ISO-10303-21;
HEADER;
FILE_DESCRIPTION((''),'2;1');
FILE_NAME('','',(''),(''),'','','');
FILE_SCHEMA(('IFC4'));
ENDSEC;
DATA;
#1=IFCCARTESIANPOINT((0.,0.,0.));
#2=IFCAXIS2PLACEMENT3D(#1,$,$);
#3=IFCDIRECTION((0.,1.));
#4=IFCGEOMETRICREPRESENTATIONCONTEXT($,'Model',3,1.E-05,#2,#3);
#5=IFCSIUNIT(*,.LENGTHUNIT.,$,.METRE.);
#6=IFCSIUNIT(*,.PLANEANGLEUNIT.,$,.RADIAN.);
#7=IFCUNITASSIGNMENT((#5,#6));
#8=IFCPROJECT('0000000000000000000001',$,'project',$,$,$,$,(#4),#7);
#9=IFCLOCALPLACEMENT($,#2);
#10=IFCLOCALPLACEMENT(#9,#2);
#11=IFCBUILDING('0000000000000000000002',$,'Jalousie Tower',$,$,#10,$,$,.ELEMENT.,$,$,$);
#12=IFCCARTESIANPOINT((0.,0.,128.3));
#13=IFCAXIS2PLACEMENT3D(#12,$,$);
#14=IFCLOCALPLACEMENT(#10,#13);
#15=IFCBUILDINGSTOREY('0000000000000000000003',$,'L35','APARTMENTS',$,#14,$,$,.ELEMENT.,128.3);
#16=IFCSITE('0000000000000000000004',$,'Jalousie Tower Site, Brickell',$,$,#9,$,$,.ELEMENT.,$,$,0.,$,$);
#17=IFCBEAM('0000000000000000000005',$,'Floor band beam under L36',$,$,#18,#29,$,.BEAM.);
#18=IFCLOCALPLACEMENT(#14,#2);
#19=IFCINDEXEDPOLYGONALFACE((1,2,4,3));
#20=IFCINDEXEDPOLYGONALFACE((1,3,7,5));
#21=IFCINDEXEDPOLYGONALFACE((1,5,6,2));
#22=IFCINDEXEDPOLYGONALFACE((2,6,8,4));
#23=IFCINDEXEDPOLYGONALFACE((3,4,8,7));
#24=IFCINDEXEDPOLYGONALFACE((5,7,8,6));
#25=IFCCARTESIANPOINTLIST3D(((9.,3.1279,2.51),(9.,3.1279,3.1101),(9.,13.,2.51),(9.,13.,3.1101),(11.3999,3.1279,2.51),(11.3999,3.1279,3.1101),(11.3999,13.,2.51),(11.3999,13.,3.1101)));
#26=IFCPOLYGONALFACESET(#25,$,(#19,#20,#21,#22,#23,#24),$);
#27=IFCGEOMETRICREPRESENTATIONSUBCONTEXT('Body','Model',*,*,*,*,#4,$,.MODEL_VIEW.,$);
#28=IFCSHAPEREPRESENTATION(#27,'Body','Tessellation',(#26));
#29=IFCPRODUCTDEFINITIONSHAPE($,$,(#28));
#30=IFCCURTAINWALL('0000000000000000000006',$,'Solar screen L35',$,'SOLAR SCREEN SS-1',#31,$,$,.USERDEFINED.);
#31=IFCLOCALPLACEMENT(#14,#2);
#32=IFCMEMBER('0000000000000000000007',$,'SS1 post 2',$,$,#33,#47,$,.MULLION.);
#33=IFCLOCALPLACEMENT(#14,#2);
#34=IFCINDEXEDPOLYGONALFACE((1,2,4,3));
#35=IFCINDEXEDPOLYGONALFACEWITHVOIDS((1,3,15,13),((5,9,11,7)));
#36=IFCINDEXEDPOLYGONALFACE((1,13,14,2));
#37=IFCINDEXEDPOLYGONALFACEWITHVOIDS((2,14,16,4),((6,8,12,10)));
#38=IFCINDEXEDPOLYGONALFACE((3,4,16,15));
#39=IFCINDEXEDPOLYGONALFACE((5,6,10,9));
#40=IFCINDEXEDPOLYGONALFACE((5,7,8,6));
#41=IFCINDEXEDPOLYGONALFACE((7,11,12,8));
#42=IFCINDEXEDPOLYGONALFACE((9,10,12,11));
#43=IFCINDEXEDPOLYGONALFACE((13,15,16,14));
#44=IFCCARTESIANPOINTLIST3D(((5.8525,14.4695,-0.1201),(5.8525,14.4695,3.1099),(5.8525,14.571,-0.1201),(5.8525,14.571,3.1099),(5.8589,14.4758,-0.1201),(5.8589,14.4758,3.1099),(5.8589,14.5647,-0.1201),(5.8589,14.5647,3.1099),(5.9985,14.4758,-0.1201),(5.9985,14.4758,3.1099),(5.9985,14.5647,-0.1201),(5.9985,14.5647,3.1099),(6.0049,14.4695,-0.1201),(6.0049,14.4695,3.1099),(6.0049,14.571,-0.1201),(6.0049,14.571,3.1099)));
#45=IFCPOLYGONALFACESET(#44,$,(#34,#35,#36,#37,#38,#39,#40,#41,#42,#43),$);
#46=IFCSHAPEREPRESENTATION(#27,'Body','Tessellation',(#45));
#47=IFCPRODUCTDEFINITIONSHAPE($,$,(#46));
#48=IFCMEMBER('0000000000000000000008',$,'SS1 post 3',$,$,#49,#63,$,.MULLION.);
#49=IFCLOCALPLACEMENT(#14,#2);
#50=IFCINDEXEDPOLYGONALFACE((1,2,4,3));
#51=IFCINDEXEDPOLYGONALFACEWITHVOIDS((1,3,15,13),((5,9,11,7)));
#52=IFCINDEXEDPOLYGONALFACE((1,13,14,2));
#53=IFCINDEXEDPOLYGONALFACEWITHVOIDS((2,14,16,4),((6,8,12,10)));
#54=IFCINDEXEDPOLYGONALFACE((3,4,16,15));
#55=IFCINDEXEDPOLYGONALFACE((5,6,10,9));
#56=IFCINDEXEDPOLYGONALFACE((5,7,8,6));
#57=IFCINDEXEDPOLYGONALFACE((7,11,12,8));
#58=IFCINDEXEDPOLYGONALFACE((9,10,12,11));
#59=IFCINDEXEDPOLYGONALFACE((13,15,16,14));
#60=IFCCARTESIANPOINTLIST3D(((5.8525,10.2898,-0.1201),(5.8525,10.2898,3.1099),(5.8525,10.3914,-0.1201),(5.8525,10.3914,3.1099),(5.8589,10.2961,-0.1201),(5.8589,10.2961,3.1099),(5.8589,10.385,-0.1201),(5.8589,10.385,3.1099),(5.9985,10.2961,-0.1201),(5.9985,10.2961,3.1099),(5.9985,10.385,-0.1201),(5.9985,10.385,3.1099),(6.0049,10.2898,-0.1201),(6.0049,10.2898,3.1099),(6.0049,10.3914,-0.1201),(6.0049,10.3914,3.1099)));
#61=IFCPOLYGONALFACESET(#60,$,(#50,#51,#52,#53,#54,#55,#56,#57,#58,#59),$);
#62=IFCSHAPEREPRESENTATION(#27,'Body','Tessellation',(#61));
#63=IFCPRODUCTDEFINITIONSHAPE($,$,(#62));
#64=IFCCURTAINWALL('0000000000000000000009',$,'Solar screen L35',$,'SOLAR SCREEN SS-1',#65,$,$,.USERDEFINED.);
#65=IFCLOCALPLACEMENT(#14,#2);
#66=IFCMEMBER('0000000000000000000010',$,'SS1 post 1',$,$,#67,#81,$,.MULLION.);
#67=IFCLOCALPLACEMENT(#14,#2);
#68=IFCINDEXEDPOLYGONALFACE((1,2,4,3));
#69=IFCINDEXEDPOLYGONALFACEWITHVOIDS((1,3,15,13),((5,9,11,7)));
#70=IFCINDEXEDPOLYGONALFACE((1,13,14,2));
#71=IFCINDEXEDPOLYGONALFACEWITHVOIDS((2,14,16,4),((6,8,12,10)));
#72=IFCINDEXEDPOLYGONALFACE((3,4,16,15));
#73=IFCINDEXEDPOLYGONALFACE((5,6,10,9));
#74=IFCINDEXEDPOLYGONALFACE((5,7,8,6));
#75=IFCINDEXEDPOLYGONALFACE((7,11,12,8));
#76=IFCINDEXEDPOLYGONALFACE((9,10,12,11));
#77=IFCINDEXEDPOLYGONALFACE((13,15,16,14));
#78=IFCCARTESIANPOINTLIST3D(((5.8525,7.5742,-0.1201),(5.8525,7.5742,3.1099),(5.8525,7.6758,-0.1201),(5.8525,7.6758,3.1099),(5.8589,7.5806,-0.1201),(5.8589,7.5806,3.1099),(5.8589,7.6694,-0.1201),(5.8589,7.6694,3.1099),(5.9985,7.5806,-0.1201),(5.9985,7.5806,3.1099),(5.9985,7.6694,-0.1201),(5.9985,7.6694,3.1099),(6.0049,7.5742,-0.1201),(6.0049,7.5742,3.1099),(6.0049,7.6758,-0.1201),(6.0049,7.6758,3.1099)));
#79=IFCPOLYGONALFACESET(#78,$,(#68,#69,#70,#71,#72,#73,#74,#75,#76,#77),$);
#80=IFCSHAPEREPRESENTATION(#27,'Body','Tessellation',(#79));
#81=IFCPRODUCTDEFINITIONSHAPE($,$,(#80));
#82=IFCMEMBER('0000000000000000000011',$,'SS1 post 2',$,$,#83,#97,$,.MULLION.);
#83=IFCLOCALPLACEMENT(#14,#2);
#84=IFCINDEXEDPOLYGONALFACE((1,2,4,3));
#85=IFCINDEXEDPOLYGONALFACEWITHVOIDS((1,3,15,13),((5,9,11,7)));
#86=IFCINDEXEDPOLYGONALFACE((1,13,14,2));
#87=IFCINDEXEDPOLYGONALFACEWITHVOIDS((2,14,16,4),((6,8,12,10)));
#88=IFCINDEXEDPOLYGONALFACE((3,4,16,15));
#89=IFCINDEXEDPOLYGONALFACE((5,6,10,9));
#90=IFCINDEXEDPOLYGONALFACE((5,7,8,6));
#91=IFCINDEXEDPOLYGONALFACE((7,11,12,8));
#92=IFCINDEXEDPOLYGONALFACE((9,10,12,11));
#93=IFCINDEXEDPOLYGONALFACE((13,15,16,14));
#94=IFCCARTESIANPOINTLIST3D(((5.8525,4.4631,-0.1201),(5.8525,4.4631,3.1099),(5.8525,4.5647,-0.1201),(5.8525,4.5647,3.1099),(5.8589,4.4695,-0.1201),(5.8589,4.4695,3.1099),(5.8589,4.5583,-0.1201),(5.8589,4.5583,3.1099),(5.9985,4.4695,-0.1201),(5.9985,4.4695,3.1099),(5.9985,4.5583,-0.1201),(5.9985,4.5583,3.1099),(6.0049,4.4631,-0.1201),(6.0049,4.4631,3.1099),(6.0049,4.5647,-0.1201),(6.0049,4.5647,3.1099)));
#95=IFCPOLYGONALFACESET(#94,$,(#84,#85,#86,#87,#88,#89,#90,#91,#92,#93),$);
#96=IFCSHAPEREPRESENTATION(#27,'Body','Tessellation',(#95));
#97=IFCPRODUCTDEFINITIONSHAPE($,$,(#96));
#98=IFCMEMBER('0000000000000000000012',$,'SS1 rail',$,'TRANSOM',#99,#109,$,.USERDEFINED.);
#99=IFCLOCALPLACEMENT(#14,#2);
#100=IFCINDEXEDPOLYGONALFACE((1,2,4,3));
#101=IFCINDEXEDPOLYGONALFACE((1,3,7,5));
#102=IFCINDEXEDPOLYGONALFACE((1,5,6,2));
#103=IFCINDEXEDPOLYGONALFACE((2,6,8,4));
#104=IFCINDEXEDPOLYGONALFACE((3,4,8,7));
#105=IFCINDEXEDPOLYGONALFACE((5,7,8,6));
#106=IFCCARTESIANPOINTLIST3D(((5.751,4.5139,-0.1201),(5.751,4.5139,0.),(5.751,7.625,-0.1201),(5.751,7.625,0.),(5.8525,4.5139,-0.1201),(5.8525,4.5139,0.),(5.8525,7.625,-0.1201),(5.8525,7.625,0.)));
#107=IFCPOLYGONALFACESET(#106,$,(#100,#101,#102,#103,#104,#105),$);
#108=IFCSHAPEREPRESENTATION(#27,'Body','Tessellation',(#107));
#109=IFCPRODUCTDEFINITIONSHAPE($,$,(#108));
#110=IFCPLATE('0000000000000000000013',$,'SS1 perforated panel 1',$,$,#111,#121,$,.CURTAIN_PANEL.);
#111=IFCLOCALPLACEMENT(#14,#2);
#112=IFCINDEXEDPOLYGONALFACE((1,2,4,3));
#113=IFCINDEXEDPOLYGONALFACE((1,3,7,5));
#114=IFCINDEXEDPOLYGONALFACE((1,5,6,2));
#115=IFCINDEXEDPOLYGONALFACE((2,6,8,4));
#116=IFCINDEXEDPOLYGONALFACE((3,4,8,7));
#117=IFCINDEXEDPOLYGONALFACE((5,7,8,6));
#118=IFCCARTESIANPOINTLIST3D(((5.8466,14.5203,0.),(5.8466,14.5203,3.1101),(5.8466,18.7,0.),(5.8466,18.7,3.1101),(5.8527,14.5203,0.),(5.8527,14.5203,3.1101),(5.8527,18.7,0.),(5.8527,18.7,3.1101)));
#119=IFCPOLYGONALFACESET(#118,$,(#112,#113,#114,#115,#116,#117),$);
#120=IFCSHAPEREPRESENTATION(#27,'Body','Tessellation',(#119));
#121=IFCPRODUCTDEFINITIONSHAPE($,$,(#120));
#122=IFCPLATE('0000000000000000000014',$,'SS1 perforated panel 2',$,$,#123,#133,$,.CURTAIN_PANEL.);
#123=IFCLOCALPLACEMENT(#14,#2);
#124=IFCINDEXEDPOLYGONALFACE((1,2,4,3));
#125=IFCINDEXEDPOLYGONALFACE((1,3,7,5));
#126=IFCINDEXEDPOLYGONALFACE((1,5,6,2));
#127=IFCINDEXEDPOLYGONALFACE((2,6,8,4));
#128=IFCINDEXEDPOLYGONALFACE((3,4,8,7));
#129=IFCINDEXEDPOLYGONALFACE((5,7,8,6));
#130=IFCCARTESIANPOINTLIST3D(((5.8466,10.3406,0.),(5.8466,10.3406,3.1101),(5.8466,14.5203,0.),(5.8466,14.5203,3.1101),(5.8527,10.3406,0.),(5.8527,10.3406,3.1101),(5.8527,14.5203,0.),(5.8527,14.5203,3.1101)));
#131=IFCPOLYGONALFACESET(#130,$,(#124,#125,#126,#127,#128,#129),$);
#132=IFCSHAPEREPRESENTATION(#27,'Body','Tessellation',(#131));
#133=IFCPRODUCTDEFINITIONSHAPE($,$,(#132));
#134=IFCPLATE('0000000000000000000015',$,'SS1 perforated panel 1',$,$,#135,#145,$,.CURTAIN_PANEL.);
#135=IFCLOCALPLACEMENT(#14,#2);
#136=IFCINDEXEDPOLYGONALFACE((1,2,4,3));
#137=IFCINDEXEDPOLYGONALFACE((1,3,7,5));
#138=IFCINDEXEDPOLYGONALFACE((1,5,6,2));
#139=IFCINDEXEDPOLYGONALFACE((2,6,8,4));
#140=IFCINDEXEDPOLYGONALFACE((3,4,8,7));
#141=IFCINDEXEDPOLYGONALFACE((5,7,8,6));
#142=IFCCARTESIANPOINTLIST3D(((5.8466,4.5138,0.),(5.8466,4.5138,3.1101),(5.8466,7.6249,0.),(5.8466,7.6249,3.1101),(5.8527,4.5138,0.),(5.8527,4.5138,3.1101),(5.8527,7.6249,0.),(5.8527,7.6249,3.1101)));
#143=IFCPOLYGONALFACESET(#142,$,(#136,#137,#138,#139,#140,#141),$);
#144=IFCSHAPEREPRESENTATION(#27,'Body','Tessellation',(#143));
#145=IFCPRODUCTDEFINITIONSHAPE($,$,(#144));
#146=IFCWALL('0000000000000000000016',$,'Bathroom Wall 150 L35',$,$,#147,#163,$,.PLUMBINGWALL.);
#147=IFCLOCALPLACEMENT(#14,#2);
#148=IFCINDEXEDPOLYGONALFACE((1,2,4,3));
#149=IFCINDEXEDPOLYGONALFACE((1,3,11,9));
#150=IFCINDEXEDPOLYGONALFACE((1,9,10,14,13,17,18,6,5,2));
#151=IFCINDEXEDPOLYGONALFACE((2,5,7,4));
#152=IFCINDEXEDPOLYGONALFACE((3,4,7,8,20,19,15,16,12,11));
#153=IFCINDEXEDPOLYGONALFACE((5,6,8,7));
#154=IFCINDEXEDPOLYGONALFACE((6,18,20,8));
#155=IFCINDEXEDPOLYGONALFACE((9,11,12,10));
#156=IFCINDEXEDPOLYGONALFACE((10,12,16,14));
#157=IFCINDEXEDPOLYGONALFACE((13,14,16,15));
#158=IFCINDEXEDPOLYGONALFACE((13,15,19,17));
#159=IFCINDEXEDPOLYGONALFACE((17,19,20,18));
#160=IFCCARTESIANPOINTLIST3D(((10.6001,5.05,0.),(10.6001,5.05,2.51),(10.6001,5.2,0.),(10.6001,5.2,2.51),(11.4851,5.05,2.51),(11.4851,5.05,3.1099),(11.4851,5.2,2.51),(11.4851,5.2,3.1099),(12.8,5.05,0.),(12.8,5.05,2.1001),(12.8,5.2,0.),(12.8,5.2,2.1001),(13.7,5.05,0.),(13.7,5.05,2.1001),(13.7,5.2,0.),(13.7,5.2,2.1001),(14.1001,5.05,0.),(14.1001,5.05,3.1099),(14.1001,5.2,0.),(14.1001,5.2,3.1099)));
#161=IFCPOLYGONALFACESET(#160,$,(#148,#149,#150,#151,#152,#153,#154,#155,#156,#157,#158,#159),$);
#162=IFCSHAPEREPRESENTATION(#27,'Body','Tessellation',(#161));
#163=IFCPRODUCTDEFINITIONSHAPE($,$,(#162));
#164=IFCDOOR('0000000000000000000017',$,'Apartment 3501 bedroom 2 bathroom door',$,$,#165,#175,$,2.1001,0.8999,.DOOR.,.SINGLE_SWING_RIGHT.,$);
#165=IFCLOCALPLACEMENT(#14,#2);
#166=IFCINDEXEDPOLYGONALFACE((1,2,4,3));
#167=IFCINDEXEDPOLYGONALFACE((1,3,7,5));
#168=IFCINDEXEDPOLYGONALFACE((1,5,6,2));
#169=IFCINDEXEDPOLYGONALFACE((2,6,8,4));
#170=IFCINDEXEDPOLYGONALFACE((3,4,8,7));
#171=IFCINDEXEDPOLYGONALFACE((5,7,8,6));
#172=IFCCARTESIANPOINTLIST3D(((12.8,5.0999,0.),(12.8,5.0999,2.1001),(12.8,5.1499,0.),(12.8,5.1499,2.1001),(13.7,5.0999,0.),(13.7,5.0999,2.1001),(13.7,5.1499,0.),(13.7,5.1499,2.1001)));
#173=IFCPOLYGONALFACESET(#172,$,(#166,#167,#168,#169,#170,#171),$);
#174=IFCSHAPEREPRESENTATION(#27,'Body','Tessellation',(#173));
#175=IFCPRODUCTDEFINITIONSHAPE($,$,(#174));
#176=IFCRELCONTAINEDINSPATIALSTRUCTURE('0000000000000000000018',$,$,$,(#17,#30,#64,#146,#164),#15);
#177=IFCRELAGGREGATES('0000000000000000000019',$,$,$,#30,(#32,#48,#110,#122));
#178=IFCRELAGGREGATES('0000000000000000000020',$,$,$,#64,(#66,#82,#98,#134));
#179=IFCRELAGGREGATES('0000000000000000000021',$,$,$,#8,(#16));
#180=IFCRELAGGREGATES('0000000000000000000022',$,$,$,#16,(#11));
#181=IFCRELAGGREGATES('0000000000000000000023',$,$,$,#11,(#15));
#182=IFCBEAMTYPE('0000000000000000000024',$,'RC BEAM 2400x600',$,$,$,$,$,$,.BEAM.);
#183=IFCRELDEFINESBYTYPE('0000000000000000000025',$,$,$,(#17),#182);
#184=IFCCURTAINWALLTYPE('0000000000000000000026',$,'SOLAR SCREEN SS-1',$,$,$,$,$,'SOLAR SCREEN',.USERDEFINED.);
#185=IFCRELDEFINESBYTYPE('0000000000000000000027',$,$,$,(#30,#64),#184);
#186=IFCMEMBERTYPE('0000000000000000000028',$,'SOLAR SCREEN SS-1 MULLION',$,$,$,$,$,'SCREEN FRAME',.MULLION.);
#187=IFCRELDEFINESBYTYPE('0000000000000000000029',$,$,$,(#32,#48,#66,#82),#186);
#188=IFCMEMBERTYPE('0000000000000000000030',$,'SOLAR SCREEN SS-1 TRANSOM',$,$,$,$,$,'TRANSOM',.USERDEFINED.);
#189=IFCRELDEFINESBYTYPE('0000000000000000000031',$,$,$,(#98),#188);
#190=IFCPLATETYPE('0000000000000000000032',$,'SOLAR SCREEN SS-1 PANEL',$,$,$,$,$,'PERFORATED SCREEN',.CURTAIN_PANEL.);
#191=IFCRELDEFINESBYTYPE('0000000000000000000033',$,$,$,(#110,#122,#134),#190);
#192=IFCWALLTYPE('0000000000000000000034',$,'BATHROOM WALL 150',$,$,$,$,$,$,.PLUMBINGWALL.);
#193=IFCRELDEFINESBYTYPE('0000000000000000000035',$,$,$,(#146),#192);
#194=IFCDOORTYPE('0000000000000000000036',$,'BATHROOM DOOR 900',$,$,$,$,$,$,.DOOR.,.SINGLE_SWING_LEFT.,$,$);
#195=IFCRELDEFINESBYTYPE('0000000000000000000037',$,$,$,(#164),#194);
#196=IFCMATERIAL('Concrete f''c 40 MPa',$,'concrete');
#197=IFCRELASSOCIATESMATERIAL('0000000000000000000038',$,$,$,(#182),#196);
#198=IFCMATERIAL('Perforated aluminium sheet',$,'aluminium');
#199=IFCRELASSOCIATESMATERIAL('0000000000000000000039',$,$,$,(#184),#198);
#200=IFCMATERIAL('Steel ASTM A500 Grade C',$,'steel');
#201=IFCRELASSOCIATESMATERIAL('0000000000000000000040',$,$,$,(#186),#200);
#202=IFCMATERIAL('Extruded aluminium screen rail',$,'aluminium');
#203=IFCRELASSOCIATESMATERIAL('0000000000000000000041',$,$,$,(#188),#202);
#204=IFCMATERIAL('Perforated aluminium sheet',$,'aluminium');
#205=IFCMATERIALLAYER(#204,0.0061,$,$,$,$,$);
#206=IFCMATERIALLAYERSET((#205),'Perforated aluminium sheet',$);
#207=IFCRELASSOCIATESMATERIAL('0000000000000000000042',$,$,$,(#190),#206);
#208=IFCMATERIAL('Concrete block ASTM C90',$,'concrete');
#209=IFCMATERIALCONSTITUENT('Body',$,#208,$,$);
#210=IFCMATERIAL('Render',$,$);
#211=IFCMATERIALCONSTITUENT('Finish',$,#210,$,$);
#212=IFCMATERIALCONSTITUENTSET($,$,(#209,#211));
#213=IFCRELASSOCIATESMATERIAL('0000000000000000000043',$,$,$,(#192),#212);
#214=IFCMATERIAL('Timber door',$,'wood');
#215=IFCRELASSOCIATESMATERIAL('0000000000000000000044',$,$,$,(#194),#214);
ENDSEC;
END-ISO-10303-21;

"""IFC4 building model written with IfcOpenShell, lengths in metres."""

from ifc_helpers import new_model, si_unit, direction, frame, frame_2d, origin, origin_2d, place, context, subcontext, project, spatial, polyline, rectangle, hollow_rectangle, outline, extrude, material, layer, layer_set, constituent, constituent_set, material_profile, profile_set, type_object, element, fill, aggregate, save


model = new_model("IFC4")

# Units and contexts
model_context = context("Model", 3, precision=1e-05, world=origin(), true_north=direction((0.0, 1.0)))
body_context = subcontext(model_context, "Body", "Model", "MODEL_VIEW")
ifc_project = project(units=[si_unit("LENGTHUNIT", "METRE"), si_unit("PLANEANGLEUNIT", "RADIAN")], contexts=[model_context])

# Site, building, storey
site_placement = place(None, origin())
site = spatial("IfcSite", under=ifc_project, at=site_placement, Name="Jalousie Tower Site, Brickell", CompositionType="ELEMENT", RefElevation=0.0)
building_placement = place(site_placement, origin())
building = spatial("IfcBuilding", under=site, at=building_placement, Name="Jalousie Tower", CompositionType="ELEMENT")
storey_placement = place(building_placement, frame((0.0, 0.0, 128.3)))
storey = spatial("IfcBuildingStorey", under=building, at=storey_placement, Name="L35", Description="APARTMENTS", CompositionType="ELEMENT", Elevation=128.3)

# Beam
ifc_material_1 = material(Name="Concrete f'c 40 MPa", Category="concrete")
ifc_material_profile_1 = material_profile(ifc_material_1, rectangle(XDim=2.3999, YDim=0.6001, at=origin_2d()), Name="RC 2400x600")
ifc_profile_set_1 = profile_set([ifc_material_profile_1], Name="Concrete f'c 40 MPa")
beam_type_1 = type_object("IfcBeamType", Name="RC BEAM 2400x600", PredefinedType="BEAM", material=ifc_profile_set_1)
beam_1_placement = place(storey_placement, frame((10.2, 13.0, 2.8101), z_axis=(0.0, -1.0, 0.0), x_axis=(1.0, 0.0, 0.0)))
element("IfcBeam", 1, at=beam_1_placement, inside=storey, type_object=beam_type_1, Name="Floor band beam under L36", PredefinedType="BEAM", context=body_context, shape_type="SweptSolid", body=[
    extrude(rectangle(XDim=2.3999, YDim=0.6001, at=origin_2d()), origin(), (0.0, 0.0, 1.0), 9.8721),
])

# Curtain walls, members
ifc_material_2 = material(Name="Perforated aluminium sheet", Category="aluminium")
curtain_wall_type = type_object("IfcCurtainWallType", Name="SOLAR SCREEN SS-1", ElementType="SOLAR SCREEN", PredefinedType="USERDEFINED", material=ifc_material_2)
curtain_wall_1_placement = place(storey_placement, origin())
curtain_wall_1 = element("IfcCurtainWall", 2, at=curtain_wall_1_placement, inside=storey, type_object=curtain_wall_type, Name="Solar screen L35", ObjectType="SOLAR SCREEN SS-1", PredefinedType="USERDEFINED")
ifc_material_3 = material(Name="Steel ASTM A500 Grade C", Category="steel")
ifc_material_profile_2 = material_profile(ifc_material_3, hollow_rectangle(XDim=0.1016, YDim=0.1523, WallThickness=0.0063, at=origin_2d()), Name="HSS6X4X1/4")
ifc_profile_set_2 = profile_set([ifc_material_profile_2], Name="Steel ASTM A500 Grade C")
member_type_1 = type_object("IfcMemberType", Name="SOLAR SCREEN SS-1 MULLION", ElementType="SCREEN FRAME", PredefinedType="MULLION", material=ifc_profile_set_2)
member_1_placement = place(storey_placement, frame((5.9287, 14.5203, -0.1201), z_axis=(0.0, 0.0, 1.0), x_axis=(0.0, -1.0, 0.0)))
member_1 = element("IfcMember", 3, at=member_1_placement, type_object=member_type_1, Name="SS1 post 2", PredefinedType="MULLION", context=body_context, shape_type="SweptSolid", body=[
    extrude(hollow_rectangle(XDim=0.1016, YDim=0.1523, WallThickness=0.0063, at=origin_2d()), origin(), (0.0, 0.0, 1.0), 3.23),
])
member_2_placement = place(storey_placement, frame((5.9287, 10.3406, -0.1201), z_axis=(0.0, 0.0, 1.0), x_axis=(0.0, -1.0, 0.0)))
member_2 = element("IfcMember", 4, at=member_2_placement, type_object=member_type_1, Name="SS1 post 3", PredefinedType="MULLION", context=body_context, shape_type="SweptSolid", body=[
    extrude(hollow_rectangle(XDim=0.1016, YDim=0.1523, WallThickness=0.0063, at=origin_2d()), origin(), (0.0, 0.0, 1.0), 3.23),
])
curtain_wall_2_placement = place(storey_placement, origin())
curtain_wall_2 = element("IfcCurtainWall", 5, at=curtain_wall_2_placement, inside=storey, type_object=curtain_wall_type, Name="Solar screen L35", ObjectType="SOLAR SCREEN SS-1", PredefinedType="USERDEFINED")
member_3_placement = place(storey_placement, frame((5.9287, 7.625, -0.1201), z_axis=(0.0, 0.0, 1.0), x_axis=(0.0, -1.0, 0.0)))
member_3 = element("IfcMember", 6, at=member_3_placement, type_object=member_type_1, Name="SS1 post 1", PredefinedType="MULLION", context=body_context, shape_type="SweptSolid", body=[
    extrude(hollow_rectangle(XDim=0.1016, YDim=0.1523, WallThickness=0.0063, at=origin_2d()), origin(), (0.0, 0.0, 1.0), 3.23),
])
member_4_placement = place(storey_placement, frame((5.9287, 4.5139, -0.1201), z_axis=(0.0, 0.0, 1.0), x_axis=(0.0, -1.0, 0.0)))
member_4 = element("IfcMember", 7, at=member_4_placement, type_object=member_type_1, Name="SS1 post 2", PredefinedType="MULLION", context=body_context, shape_type="SweptSolid", body=[
    extrude(hollow_rectangle(XDim=0.1016, YDim=0.1523, WallThickness=0.0063, at=origin_2d()), origin(), (0.0, 0.0, 1.0), 3.23),
])
ifc_material_4 = material(Name="Extruded aluminium screen rail", Category="aluminium")
ifc_material_profile_3 = material_profile(ifc_material_4, rectangle(XDim=0.1016, YDim=0.1201, at=origin_2d()), Name="RAIL 102x120")
ifc_profile_set_3 = profile_set([ifc_material_profile_3], Name="Extruded aluminium screen rail")
member_type_2 = type_object("IfcMemberType", Name="SOLAR SCREEN SS-1 TRANSOM", ElementType="TRANSOM", PredefinedType="USERDEFINED", material=ifc_profile_set_3)
member_5_placement = place(storey_placement, frame((5.8018, 7.625, -0.0601), z_axis=(0.0, -1.0, 0.0), x_axis=(1.0, 0.0, 0.0)))
member_5 = element("IfcMember", 8, at=member_5_placement, type_object=member_type_2, Name="SS1 rail", ObjectType="TRANSOM", PredefinedType="USERDEFINED", context=body_context, shape_type="SweptSolid", body=[
    extrude(rectangle(XDim=0.1016, YDim=0.1201, at=origin_2d()), origin(), (0.0, 0.0, 1.0), 3.1111),
])

# Plates
ifc_material_5 = material(Name="Perforated aluminium sheet", Category="aluminium")
ifc_layer_1 = layer(ifc_material_5, 0.0061)
ifc_layer_set_1 = layer_set([ifc_layer_1], Name="Perforated aluminium sheet")
plate_type = type_object("IfcPlateType", Name="SOLAR SCREEN SS-1 PANEL", ElementType="PERFORATED SCREEN", PredefinedType="CURTAIN_PANEL", material=ifc_layer_set_1)
plate_1_placement = place(storey_placement, frame((5.8496, 16.6101, 0.0), z_axis=(0.0, 0.0, 1.0), x_axis=(0.0, -1.0, 0.0)))
plate_1 = element("IfcPlate", 9, at=plate_1_placement, type_object=plate_type, Name="SS1 perforated panel 1", PredefinedType="CURTAIN_PANEL", context=body_context, shape_type="SweptSolid", body=[
    extrude(rectangle(XDim=4.1797, YDim=0.0061, at=origin_2d()), origin(), (0.0, 0.0, 1.0), 3.1101),
])
plate_2_placement = place(storey_placement, frame((5.8496, 12.4304, 0.0), z_axis=(0.0, 0.0, 1.0), x_axis=(0.0, -1.0, 0.0)))
plate_2 = element("IfcPlate", 10, at=plate_2_placement, type_object=plate_type, Name="SS1 perforated panel 2", PredefinedType="CURTAIN_PANEL", context=body_context, shape_type="SweptSolid", body=[
    extrude(rectangle(XDim=4.1797, YDim=0.0061, at=origin_2d()), origin(), (0.0, 0.0, 1.0), 3.1101),
])
aggregate(curtain_wall_1, [member_1, member_2, plate_1, plate_2])
plate_3_placement = place(storey_placement, frame((5.8496, 6.0693, 0.0), z_axis=(0.0, 0.0, 1.0), x_axis=(0.0, -1.0, 0.0)))
plate_3 = element("IfcPlate", 11, at=plate_3_placement, type_object=plate_type, Name="SS1 perforated panel 1", PredefinedType="CURTAIN_PANEL", context=body_context, shape_type="SweptSolid", body=[
    extrude(rectangle(XDim=3.1111, YDim=0.0061, at=origin_2d()), origin(), (0.0, 0.0, 1.0), 3.1101),
])
aggregate(curtain_wall_2, [member_3, member_4, member_5, plate_3])

# Wall, opening, door
ifc_material_6 = material(Name="Concrete block ASTM C90", Category="concrete")
ifc_constituent_1 = constituent(ifc_material_6, Name="Body")
ifc_material_7 = material(Name="Render")
ifc_constituent_2 = constituent(ifc_material_7, Name="Finish")
ifc_constituent_set_1 = constituent_set(constituents=[ifc_constituent_1, ifc_constituent_2])
wall_type_1 = type_object("IfcWallType", Name="BATHROOM WALL 150", PredefinedType="PLUMBINGWALL", material=ifc_constituent_set_1)
wall_1_placement = place(storey_placement, frame((10.6001, 5.125, 0.0), z_axis=(0.0, 0.0, 1.0), x_axis=(1.0, 0.0, 0.0)))
wall_1 = element("IfcWall", 12, at=wall_1_placement, inside=storey, type_object=wall_type_1, Name="Bathroom Wall 150 L35", PredefinedType="PLUMBINGWALL", context=body_context, shape_type="SweptSolid", body=[
    extrude(outline(polyline([(0.0, 0.0), (3.5, 0.0), (3.5, 3.1099), (0.885, 3.1099), (0.885, 2.51), (0.0, 2.51), (0.0, 3.1099), (0.0, 0.0)])), frame((0.0, 0.075, 0.0), z_axis=(0.0, -1.0, 0.0), x_axis=(1.0, 0.0, 0.0)), (0.0, 0.0, 1.0), 0.1499),
])
opening_1_placement = place(wall_1_placement, frame((2.2, 0.0, 0.0)))
opening_1 = element("IfcOpeningElement", 13, at=opening_1_placement, cuts=wall_1, PredefinedType="OPENING", context=body_context, shape_type="SweptSolid", body=[
    extrude(rectangle(XDim=0.8999, YDim=2.1001, at=frame_2d((0.45, 1.05))), frame((0.0, 0.085, 0.0), z_axis=(0.0, -1.0, 0.0), x_axis=(1.0, 0.0, 0.0)), (0.0, 0.0, 1.0), 0.1699),
])
ifc_material_8 = material(Name="Timber door", Category="wood")
door_type_1 = type_object("IfcDoorType", Name="BATHROOM DOOR 900", OperationType="SINGLE_SWING_LEFT", PredefinedType="DOOR", material=ifc_material_8)
door_1_placement = place(opening_1_placement, origin())
door_1 = element("IfcDoor", 14, at=door_1_placement, inside=storey, type_object=door_type_1, Name="Apartment 3501 bedroom 2 bathroom door", OperationType="SINGLE_SWING_RIGHT", OverallHeight=2.1001, OverallWidth=0.8999, PredefinedType="DOOR", context=body_context, shape_type="SweptSolid", body=[
    extrude(rectangle(XDim=0.8999, YDim=2.1001, at=frame_2d((0.45, 1.05))), frame((0.0, 0.0249, 0.0), z_axis=(0.0, -1.0, 0.0), x_axis=(1.0, 0.0, 0.0)), (0.0, 0.0, 1.0), 0.05),
])
fill(opening_1, door_1)

save(model, "model.ifc")
